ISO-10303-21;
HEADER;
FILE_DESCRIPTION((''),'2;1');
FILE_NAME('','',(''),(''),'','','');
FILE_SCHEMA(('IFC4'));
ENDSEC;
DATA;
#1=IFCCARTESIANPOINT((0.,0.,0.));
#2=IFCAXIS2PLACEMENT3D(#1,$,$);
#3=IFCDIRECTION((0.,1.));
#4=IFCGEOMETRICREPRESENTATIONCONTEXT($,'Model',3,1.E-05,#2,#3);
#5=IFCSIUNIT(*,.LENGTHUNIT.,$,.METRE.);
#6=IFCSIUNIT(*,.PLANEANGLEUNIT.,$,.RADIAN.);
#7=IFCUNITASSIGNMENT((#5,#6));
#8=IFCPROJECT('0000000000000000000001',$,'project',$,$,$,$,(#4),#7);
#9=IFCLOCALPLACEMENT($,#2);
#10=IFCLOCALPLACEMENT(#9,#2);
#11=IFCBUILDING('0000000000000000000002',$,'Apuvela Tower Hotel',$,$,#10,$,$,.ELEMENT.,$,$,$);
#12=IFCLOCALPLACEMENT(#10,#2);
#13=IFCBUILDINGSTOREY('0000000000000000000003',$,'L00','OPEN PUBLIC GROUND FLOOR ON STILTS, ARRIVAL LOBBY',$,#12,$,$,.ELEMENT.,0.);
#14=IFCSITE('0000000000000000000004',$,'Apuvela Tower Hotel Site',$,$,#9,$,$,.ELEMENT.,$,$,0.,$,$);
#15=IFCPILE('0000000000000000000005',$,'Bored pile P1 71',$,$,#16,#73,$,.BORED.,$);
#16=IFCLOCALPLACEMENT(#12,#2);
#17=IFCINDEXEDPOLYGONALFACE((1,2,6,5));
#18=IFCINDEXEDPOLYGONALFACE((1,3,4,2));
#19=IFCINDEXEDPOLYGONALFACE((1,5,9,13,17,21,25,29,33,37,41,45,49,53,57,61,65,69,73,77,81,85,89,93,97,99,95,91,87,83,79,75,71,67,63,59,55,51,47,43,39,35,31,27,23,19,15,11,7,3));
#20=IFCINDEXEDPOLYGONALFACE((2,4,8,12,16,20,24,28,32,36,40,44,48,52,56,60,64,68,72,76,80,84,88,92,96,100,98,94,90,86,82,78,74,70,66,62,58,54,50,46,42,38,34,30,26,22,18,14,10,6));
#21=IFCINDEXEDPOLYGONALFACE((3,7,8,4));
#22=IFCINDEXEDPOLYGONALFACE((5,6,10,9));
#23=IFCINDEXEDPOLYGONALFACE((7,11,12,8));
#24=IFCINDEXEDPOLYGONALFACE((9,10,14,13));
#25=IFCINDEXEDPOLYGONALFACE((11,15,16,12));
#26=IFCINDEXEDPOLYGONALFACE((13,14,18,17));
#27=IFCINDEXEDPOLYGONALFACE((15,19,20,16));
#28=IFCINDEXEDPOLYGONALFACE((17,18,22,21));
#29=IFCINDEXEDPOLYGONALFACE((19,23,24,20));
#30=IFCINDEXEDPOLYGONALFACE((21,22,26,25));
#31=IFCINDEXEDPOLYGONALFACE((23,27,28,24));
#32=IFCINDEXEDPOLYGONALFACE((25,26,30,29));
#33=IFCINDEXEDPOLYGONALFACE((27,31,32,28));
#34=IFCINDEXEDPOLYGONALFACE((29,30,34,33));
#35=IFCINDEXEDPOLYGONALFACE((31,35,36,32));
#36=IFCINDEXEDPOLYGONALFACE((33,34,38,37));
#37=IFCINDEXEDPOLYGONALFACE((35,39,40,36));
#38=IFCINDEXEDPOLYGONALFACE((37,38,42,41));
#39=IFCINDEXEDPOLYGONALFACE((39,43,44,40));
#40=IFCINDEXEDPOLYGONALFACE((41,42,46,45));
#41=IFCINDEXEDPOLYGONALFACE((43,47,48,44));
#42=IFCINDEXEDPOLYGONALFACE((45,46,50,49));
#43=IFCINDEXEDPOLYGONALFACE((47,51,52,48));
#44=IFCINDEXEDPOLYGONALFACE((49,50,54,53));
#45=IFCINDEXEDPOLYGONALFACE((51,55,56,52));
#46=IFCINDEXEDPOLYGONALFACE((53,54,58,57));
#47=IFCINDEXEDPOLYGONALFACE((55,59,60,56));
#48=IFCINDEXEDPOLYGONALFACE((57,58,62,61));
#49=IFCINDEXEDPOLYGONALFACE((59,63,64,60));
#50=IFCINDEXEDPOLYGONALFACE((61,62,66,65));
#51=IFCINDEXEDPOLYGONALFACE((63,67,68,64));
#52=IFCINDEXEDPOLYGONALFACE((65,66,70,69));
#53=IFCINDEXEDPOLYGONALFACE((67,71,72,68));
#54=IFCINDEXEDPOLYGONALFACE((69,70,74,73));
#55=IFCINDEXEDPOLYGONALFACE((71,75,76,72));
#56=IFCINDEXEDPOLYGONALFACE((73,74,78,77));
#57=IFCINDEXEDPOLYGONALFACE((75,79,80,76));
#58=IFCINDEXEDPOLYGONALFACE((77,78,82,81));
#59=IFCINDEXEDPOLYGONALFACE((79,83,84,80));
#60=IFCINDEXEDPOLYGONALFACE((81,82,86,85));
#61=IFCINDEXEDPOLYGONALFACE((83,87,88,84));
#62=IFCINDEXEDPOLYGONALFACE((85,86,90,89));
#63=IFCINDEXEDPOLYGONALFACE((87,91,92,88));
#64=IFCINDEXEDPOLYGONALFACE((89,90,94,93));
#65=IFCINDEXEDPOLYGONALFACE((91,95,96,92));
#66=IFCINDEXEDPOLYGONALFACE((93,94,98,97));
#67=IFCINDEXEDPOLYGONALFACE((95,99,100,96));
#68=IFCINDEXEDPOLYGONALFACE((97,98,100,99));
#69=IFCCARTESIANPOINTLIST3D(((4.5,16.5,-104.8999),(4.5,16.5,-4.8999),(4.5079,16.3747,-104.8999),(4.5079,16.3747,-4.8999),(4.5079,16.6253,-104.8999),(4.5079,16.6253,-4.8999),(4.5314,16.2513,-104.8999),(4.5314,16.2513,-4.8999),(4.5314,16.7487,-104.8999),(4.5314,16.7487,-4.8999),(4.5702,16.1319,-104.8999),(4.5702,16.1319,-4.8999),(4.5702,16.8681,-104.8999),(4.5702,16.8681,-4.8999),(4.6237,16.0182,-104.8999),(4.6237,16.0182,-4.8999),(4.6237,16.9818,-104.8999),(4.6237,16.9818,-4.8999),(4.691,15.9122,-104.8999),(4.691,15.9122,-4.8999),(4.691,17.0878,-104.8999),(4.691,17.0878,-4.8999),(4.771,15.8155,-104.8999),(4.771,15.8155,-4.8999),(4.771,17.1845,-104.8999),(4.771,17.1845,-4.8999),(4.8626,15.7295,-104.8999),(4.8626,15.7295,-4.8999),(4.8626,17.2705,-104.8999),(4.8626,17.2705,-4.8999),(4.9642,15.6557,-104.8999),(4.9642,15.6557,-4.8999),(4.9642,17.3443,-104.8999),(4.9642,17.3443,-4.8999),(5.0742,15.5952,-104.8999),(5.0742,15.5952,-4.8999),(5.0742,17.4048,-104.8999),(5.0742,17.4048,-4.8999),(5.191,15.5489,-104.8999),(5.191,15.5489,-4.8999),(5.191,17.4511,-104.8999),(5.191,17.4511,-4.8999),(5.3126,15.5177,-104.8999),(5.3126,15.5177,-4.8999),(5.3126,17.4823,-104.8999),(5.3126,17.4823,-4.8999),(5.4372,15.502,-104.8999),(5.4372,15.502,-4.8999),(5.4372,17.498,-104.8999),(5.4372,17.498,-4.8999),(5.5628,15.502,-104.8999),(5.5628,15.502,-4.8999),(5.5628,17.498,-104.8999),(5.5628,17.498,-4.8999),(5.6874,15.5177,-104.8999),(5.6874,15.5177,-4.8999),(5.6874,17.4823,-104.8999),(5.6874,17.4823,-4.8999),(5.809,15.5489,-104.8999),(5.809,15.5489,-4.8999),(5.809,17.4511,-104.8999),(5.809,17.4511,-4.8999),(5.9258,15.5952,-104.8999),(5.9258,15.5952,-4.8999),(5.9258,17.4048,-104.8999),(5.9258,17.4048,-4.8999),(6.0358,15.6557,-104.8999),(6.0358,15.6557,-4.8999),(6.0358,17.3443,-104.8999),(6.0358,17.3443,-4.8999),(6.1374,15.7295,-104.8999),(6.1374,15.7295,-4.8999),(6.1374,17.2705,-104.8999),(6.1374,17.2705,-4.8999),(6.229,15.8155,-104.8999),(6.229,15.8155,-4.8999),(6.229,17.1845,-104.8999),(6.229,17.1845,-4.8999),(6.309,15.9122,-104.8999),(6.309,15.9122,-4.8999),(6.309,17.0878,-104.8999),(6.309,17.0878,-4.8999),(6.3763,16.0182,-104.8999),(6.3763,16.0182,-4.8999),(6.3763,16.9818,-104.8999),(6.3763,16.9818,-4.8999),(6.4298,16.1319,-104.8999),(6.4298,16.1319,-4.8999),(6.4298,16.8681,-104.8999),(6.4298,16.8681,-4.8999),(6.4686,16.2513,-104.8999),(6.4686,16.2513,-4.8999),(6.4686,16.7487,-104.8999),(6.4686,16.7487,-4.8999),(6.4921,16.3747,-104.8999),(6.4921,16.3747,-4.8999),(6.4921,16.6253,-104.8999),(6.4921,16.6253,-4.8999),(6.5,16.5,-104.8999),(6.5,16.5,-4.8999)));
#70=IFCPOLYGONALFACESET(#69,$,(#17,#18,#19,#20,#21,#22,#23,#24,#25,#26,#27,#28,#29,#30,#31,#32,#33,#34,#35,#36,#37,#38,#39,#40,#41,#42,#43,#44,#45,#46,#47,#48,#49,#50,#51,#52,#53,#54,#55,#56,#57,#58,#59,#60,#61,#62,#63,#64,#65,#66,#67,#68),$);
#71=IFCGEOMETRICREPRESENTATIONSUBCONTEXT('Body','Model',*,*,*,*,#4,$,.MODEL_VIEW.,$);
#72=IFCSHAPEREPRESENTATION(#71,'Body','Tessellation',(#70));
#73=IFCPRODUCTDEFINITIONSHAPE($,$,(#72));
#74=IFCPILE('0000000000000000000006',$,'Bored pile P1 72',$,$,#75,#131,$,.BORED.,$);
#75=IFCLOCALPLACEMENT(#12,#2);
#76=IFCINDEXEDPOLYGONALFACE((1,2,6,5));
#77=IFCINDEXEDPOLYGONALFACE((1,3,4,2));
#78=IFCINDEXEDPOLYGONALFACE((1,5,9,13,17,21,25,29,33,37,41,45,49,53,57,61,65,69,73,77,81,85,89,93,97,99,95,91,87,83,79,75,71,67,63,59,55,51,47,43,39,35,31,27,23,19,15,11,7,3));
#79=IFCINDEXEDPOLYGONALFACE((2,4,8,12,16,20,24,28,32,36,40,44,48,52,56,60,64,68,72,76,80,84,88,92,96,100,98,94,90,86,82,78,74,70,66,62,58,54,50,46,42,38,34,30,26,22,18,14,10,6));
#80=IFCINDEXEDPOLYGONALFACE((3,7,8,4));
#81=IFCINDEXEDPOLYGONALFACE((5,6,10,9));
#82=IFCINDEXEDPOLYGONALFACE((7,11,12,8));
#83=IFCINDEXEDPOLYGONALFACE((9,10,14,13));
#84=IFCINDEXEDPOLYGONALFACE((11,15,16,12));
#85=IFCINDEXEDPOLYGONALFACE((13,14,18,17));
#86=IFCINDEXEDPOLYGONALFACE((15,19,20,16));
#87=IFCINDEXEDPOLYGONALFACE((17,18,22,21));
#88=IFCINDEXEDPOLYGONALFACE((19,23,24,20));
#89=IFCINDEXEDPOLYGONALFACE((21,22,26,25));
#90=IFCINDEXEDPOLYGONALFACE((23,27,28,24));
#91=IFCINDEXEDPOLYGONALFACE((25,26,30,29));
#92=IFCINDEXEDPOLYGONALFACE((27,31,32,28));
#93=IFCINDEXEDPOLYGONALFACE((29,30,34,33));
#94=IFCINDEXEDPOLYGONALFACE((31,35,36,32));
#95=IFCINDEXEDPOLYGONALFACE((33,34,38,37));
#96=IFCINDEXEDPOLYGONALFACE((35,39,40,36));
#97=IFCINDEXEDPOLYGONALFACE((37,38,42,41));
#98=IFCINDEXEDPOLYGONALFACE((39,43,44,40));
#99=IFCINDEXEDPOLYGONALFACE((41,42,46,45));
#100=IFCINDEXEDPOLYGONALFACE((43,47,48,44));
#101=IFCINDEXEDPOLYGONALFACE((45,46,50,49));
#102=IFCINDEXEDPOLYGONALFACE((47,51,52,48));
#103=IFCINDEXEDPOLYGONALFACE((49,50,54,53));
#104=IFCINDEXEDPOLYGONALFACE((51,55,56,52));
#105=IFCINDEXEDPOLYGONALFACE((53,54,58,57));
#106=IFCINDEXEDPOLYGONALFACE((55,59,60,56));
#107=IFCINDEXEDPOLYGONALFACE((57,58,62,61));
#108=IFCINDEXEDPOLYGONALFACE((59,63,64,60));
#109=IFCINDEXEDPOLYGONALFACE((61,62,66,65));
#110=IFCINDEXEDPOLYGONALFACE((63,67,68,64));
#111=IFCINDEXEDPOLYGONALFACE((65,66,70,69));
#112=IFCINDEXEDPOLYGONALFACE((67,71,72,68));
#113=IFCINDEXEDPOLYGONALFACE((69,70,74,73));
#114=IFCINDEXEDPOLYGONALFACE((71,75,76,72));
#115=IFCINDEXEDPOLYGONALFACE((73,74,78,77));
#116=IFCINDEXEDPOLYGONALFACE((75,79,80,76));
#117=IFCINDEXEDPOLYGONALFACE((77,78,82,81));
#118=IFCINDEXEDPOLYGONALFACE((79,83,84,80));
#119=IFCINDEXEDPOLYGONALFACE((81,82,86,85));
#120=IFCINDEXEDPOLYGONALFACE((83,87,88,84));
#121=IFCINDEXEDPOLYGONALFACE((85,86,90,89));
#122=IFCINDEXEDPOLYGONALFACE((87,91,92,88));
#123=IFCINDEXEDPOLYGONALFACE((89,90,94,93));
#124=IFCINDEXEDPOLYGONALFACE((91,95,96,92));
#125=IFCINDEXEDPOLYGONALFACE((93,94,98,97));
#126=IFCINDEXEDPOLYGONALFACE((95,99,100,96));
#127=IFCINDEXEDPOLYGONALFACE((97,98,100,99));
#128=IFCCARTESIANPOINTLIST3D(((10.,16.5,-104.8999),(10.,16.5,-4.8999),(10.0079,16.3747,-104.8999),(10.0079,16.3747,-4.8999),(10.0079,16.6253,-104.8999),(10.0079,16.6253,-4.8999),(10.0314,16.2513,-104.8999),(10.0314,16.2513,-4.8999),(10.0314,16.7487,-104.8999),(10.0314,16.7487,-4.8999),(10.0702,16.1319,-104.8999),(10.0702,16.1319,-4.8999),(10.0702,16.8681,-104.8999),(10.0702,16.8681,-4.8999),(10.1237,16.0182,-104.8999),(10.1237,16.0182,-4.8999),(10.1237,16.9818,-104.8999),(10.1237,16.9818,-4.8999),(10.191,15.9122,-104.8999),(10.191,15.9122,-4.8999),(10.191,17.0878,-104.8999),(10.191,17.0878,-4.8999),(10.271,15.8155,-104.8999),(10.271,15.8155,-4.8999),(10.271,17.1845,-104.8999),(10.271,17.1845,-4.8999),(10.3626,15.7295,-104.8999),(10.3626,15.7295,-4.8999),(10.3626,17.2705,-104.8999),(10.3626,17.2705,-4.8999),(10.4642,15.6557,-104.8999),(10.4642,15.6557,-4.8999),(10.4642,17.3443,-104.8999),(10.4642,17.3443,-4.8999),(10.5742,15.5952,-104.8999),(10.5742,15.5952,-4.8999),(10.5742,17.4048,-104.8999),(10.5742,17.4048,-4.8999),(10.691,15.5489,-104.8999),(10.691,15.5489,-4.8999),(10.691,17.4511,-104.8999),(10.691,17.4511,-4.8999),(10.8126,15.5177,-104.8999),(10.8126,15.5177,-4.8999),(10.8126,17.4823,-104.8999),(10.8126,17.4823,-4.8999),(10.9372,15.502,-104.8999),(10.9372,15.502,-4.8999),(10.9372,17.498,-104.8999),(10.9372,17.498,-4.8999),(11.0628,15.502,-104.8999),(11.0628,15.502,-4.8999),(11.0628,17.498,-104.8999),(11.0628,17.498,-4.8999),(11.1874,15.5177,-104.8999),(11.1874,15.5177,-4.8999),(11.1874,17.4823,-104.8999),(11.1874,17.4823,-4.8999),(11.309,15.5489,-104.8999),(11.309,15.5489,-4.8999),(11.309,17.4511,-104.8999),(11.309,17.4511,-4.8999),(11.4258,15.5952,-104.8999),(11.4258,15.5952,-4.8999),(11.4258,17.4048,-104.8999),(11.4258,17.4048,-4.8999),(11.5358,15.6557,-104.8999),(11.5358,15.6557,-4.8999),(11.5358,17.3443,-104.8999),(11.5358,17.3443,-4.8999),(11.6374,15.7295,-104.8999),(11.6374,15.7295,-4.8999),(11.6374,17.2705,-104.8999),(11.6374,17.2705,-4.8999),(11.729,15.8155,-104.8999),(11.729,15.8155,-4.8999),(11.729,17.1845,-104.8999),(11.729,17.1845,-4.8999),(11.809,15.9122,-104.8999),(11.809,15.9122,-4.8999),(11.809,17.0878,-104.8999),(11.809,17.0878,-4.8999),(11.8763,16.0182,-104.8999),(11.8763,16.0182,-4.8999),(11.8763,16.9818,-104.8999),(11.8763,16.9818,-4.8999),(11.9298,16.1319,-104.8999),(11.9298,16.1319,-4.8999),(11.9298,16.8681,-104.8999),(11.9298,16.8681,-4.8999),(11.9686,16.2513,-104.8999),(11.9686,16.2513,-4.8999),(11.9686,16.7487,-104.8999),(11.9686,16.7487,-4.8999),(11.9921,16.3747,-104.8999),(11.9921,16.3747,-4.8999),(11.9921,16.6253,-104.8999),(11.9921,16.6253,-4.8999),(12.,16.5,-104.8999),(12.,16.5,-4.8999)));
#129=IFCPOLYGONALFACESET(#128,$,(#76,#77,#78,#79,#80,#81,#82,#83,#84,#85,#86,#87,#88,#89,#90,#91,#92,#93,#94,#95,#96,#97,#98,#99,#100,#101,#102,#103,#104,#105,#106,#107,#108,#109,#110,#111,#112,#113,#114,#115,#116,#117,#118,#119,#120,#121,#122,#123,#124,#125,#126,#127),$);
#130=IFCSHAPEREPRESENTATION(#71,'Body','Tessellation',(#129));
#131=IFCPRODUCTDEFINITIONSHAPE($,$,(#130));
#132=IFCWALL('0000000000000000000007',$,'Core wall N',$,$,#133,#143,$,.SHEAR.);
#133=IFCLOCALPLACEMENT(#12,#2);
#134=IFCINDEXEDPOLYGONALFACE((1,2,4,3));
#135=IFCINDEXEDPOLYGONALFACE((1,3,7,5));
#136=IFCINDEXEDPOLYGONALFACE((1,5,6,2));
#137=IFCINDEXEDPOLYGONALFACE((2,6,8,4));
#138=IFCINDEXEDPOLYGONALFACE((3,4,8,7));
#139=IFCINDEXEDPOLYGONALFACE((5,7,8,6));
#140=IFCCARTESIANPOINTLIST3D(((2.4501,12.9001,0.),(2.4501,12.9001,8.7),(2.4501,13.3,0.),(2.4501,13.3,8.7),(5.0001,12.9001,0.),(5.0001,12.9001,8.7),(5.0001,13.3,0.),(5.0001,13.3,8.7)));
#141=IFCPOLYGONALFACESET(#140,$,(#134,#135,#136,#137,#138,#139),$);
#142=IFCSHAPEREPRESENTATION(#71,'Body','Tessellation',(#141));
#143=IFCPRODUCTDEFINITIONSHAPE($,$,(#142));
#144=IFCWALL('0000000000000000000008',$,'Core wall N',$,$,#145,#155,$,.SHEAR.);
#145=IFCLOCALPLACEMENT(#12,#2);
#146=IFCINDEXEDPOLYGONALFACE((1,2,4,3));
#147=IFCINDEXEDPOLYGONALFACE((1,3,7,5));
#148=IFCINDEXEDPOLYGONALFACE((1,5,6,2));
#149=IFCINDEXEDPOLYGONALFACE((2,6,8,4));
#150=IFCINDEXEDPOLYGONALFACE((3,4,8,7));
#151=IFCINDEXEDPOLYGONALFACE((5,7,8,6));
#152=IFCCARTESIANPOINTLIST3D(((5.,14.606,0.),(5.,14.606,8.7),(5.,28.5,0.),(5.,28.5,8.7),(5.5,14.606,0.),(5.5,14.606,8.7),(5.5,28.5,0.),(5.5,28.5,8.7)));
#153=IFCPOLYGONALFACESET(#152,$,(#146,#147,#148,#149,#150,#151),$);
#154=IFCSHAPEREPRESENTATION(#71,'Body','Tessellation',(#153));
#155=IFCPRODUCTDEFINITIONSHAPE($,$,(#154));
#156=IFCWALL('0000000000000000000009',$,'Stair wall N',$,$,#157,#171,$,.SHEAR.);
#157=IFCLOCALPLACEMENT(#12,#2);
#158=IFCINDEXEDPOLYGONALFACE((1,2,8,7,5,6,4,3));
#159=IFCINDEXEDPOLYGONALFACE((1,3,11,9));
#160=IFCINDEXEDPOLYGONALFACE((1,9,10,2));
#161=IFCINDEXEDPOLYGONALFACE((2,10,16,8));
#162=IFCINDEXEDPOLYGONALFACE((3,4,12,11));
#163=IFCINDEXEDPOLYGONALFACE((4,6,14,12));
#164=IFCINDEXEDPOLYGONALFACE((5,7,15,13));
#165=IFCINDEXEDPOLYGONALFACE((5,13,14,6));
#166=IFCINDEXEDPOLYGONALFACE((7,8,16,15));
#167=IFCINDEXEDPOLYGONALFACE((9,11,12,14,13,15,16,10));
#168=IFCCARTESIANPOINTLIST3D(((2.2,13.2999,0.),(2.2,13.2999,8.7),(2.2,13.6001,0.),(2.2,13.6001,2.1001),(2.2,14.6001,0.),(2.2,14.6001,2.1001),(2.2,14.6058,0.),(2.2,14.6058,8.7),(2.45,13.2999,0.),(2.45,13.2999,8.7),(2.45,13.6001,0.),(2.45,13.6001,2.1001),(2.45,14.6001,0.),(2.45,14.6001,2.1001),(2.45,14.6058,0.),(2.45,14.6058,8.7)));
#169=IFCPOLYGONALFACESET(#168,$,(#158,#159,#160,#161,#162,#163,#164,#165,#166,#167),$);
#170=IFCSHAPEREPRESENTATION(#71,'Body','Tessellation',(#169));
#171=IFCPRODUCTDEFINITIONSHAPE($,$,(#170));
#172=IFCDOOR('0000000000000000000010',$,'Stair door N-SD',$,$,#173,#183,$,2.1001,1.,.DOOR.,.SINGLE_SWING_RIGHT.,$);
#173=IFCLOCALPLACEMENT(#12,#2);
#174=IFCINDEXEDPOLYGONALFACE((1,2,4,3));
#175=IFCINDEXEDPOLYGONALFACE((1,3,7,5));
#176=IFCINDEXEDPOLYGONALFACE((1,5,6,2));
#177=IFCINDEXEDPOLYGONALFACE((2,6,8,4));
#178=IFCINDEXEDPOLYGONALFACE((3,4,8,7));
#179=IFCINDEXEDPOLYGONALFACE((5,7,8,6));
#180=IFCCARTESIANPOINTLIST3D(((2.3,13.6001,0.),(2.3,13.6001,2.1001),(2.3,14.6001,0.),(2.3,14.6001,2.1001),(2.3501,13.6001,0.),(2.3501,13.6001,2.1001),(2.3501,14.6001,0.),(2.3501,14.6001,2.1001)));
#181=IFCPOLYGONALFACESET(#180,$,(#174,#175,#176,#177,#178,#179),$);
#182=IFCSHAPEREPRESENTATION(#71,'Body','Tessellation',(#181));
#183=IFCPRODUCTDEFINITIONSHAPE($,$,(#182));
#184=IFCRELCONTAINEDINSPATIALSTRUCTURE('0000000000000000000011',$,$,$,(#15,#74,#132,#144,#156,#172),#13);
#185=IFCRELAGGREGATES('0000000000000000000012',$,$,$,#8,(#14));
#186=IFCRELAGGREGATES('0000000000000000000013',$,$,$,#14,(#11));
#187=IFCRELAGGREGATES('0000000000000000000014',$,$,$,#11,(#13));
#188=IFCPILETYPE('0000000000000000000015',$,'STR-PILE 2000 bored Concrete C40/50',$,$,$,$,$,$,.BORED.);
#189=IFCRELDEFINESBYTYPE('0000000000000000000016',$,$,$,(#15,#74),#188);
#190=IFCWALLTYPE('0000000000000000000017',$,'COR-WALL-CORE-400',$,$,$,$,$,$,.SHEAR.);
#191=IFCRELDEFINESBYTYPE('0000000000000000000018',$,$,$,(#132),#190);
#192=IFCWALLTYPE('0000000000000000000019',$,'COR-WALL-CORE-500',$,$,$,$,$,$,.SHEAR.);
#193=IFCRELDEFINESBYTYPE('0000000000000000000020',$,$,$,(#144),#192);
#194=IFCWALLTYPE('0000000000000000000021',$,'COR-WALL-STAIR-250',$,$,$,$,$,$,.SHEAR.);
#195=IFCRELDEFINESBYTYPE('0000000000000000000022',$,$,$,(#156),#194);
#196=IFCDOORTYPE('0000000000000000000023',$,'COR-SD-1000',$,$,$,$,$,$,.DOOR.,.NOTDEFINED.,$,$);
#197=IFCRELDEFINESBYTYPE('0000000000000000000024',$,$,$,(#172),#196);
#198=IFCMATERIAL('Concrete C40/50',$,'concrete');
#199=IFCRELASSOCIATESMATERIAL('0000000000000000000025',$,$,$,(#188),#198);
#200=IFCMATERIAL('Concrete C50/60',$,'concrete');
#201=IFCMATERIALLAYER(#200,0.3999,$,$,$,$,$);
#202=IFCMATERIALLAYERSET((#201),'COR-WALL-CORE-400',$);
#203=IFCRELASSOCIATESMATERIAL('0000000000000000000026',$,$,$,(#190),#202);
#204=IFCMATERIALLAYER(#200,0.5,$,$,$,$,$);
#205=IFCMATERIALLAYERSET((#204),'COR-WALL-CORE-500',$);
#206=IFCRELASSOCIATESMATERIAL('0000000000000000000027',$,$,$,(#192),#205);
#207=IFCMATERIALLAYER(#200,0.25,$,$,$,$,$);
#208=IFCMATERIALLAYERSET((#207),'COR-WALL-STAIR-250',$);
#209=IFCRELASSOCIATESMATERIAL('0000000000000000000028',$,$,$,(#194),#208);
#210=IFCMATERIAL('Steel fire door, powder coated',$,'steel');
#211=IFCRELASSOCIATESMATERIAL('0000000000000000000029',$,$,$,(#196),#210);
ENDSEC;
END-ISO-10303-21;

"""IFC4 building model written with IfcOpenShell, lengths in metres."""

from ifc_helpers import new_model, si_unit, direction, frame, frame_2d, origin, origin_2d, place, context, subcontext, project, spatial, rectangle, circle, extrude, material, layer, layer_set, material_profile, profile_set, type_object, element, fill, save


model = new_model("IFC4")

# Units and contexts
model_context = context("Model", 3, precision=1e-05, world=origin(), true_north=direction((0.0, 1.0)))
body_context = subcontext(model_context, "Body", "Model", "MODEL_VIEW")
ifc_project = project(units=[si_unit("LENGTHUNIT", "METRE"), si_unit("PLANEANGLEUNIT", "RADIAN")], contexts=[model_context])

# Site, building, storey
site_placement = place(None, origin())
site = spatial("IfcSite", under=ifc_project, at=site_placement, Name="Apuvela Tower Hotel Site", CompositionType="ELEMENT", RefElevation=0.0)
building_placement = place(site_placement, origin())
building = spatial("IfcBuilding", under=site, at=building_placement, Name="Apuvela Tower Hotel", CompositionType="ELEMENT")
storey_placement = place(building_placement, origin())
storey = spatial("IfcBuildingStorey", under=building, at=storey_placement, Name="L00", Description="OPEN PUBLIC GROUND FLOOR ON STILTS, ARRIVAL LOBBY", CompositionType="ELEMENT", Elevation=0.0)

# Piles
ifc_material_1 = material(Name="Concrete C40/50", Category="concrete")
ifc_material_profile = material_profile(ifc_material_1, circle(Radius=1.0, at=origin_2d()), Name="PILE 2000")
ifc_profile_set = profile_set([ifc_material_profile], Name="Concrete C40/50")
pile_type = type_object("IfcPileType", Name="STR-PILE 2000 bored Concrete C40/50", PredefinedType="BORED", material=ifc_profile_set)
for number, where, z_axis, x_axis, name in (
    (1, (5.5, 16.5, -4.8999), (0.0, 0.0, -1.0), (1.0, 0.0, 0.0), "Bored pile P1 71"),
    (2, (11.0, 16.5, -4.8999), (0.0, 0.0, -1.0), (1.0, 0.0, 0.0), "Bored pile P1 72"),
):
    element("IfcPile", number, at=place(storey_placement, frame(where, z_axis=z_axis, x_axis=x_axis)), inside=storey, type_object=pile_type, Name=name, PredefinedType="BORED", context=body_context, shape_type="SweptSolid", body=[
        extrude(circle(Radius=1.0, at=origin_2d()), origin(), (0.0, 0.0, 1.0), 100.0),
    ])

# Walls
ifc_material_2 = material(Name="Concrete C50/60", Category="concrete")
ifc_layer_1 = layer(ifc_material_2, 0.3999)
ifc_layer_set_1 = layer_set([ifc_layer_1], Name="COR-WALL-CORE-400")
wall_type_1 = type_object("IfcWallType", Name="COR-WALL-CORE-400", PredefinedType="SHEAR", material=ifc_layer_set_1)
wall_1_placement = place(storey_placement, frame((5.0, 13.1001, 0.0), z_axis=(0.0, 0.0, 1.0), x_axis=(-1.0, 0.0, 0.0)))
element("IfcWall", 3, at=wall_1_placement, inside=storey, type_object=wall_type_1, Name="Core wall N", PredefinedType="SHEAR", context=body_context, shape_type="SweptSolid", body=[
    extrude(rectangle(XDim=2.55, YDim=0.3999, at=frame_2d((1.2749, 0.0))), origin(), (0.0, 0.0, 1.0), 8.7),
])
ifc_layer_2 = layer(ifc_material_2, 0.5)
ifc_layer_set_2 = layer_set([ifc_layer_2], Name="COR-WALL-CORE-500")
wall_type_2 = type_object("IfcWallType", Name="COR-WALL-CORE-500", PredefinedType="SHEAR", material=ifc_layer_set_2)
wall_2_placement = place(storey_placement, frame((5.25, 14.606, 0.0), z_axis=(0.0, 0.0, 1.0), x_axis=(0.0, 1.0, 0.0)))
element("IfcWall", 4, at=wall_2_placement, inside=storey, type_object=wall_type_2, Name="Core wall N", PredefinedType="SHEAR", context=body_context, shape_type="SweptSolid", body=[
    extrude(rectangle(XDim=13.894, YDim=0.5, at=frame_2d((6.947, 0.0))), origin(), (0.0, 0.0, 1.0), 8.7),
])

# Wall, opening, door
ifc_layer_3 = layer(ifc_material_2, 0.25)
ifc_layer_set_3 = layer_set([ifc_layer_3], Name="COR-WALL-STAIR-250")
wall_type_3 = type_object("IfcWallType", Name="COR-WALL-STAIR-250", PredefinedType="SHEAR", material=ifc_layer_set_3)
wall_3_placement = place(storey_placement, frame((2.325, 13.3, 0.0), z_axis=(0.0, 0.0, 1.0), x_axis=(0.0, 1.0, 0.0)))
wall_3 = element("IfcWall", 5, at=wall_3_placement, inside=storey, type_object=wall_type_3, Name="Stair wall N", PredefinedType="SHEAR", context=body_context, shape_type="SweptSolid", body=[
    extrude(rectangle(XDim=1.3059, YDim=0.25, at=frame_2d((0.6528, 0.0))), origin(), (0.0, 0.0, 1.0), 8.7),
])
opening_placement = place(wall_3_placement, frame((0.3, 0.0, 0.0)))
opening = element("IfcOpeningElement", 6, at=opening_placement, cuts=wall_3, PredefinedType="OPENING", context=body_context, shape_type="SweptSolid", body=[
    extrude(rectangle(XDim=1.0, YDim=2.1001, at=frame_2d((0.5, 1.05))), frame((0.0, 0.135, 0.0), z_axis=(0.0, -1.0, 0.0), x_axis=(1.0, 0.0, 0.0)), (0.0, 0.0, 1.0), 0.27),
])
ifc_material_3 = material(Name="Steel fire door, powder coated", Category="steel")
door_type = type_object("IfcDoorType", Name="COR-SD-1000", OperationType="NOTDEFINED", PredefinedType="DOOR", material=ifc_material_3)
door_placement = place(opening_placement, origin())
door = element("IfcDoor", 7, at=door_placement, inside=storey, type_object=door_type, Name="Stair door N-SD", OperationType="SINGLE_SWING_RIGHT", OverallHeight=2.1001, OverallWidth=1.0, PredefinedType="DOOR", context=body_context, shape_type="SweptSolid", body=[
    extrude(rectangle(XDim=1.0, YDim=2.1001, at=frame_2d((0.5, 1.05))), frame((0.0, 0.0249, 0.0), z_axis=(0.0, -1.0, 0.0), x_axis=(1.0, 0.0, 0.0)), (0.0, 0.0, 1.0), 0.05),
])
fill(opening, door)

save(model, "model.ifc")
